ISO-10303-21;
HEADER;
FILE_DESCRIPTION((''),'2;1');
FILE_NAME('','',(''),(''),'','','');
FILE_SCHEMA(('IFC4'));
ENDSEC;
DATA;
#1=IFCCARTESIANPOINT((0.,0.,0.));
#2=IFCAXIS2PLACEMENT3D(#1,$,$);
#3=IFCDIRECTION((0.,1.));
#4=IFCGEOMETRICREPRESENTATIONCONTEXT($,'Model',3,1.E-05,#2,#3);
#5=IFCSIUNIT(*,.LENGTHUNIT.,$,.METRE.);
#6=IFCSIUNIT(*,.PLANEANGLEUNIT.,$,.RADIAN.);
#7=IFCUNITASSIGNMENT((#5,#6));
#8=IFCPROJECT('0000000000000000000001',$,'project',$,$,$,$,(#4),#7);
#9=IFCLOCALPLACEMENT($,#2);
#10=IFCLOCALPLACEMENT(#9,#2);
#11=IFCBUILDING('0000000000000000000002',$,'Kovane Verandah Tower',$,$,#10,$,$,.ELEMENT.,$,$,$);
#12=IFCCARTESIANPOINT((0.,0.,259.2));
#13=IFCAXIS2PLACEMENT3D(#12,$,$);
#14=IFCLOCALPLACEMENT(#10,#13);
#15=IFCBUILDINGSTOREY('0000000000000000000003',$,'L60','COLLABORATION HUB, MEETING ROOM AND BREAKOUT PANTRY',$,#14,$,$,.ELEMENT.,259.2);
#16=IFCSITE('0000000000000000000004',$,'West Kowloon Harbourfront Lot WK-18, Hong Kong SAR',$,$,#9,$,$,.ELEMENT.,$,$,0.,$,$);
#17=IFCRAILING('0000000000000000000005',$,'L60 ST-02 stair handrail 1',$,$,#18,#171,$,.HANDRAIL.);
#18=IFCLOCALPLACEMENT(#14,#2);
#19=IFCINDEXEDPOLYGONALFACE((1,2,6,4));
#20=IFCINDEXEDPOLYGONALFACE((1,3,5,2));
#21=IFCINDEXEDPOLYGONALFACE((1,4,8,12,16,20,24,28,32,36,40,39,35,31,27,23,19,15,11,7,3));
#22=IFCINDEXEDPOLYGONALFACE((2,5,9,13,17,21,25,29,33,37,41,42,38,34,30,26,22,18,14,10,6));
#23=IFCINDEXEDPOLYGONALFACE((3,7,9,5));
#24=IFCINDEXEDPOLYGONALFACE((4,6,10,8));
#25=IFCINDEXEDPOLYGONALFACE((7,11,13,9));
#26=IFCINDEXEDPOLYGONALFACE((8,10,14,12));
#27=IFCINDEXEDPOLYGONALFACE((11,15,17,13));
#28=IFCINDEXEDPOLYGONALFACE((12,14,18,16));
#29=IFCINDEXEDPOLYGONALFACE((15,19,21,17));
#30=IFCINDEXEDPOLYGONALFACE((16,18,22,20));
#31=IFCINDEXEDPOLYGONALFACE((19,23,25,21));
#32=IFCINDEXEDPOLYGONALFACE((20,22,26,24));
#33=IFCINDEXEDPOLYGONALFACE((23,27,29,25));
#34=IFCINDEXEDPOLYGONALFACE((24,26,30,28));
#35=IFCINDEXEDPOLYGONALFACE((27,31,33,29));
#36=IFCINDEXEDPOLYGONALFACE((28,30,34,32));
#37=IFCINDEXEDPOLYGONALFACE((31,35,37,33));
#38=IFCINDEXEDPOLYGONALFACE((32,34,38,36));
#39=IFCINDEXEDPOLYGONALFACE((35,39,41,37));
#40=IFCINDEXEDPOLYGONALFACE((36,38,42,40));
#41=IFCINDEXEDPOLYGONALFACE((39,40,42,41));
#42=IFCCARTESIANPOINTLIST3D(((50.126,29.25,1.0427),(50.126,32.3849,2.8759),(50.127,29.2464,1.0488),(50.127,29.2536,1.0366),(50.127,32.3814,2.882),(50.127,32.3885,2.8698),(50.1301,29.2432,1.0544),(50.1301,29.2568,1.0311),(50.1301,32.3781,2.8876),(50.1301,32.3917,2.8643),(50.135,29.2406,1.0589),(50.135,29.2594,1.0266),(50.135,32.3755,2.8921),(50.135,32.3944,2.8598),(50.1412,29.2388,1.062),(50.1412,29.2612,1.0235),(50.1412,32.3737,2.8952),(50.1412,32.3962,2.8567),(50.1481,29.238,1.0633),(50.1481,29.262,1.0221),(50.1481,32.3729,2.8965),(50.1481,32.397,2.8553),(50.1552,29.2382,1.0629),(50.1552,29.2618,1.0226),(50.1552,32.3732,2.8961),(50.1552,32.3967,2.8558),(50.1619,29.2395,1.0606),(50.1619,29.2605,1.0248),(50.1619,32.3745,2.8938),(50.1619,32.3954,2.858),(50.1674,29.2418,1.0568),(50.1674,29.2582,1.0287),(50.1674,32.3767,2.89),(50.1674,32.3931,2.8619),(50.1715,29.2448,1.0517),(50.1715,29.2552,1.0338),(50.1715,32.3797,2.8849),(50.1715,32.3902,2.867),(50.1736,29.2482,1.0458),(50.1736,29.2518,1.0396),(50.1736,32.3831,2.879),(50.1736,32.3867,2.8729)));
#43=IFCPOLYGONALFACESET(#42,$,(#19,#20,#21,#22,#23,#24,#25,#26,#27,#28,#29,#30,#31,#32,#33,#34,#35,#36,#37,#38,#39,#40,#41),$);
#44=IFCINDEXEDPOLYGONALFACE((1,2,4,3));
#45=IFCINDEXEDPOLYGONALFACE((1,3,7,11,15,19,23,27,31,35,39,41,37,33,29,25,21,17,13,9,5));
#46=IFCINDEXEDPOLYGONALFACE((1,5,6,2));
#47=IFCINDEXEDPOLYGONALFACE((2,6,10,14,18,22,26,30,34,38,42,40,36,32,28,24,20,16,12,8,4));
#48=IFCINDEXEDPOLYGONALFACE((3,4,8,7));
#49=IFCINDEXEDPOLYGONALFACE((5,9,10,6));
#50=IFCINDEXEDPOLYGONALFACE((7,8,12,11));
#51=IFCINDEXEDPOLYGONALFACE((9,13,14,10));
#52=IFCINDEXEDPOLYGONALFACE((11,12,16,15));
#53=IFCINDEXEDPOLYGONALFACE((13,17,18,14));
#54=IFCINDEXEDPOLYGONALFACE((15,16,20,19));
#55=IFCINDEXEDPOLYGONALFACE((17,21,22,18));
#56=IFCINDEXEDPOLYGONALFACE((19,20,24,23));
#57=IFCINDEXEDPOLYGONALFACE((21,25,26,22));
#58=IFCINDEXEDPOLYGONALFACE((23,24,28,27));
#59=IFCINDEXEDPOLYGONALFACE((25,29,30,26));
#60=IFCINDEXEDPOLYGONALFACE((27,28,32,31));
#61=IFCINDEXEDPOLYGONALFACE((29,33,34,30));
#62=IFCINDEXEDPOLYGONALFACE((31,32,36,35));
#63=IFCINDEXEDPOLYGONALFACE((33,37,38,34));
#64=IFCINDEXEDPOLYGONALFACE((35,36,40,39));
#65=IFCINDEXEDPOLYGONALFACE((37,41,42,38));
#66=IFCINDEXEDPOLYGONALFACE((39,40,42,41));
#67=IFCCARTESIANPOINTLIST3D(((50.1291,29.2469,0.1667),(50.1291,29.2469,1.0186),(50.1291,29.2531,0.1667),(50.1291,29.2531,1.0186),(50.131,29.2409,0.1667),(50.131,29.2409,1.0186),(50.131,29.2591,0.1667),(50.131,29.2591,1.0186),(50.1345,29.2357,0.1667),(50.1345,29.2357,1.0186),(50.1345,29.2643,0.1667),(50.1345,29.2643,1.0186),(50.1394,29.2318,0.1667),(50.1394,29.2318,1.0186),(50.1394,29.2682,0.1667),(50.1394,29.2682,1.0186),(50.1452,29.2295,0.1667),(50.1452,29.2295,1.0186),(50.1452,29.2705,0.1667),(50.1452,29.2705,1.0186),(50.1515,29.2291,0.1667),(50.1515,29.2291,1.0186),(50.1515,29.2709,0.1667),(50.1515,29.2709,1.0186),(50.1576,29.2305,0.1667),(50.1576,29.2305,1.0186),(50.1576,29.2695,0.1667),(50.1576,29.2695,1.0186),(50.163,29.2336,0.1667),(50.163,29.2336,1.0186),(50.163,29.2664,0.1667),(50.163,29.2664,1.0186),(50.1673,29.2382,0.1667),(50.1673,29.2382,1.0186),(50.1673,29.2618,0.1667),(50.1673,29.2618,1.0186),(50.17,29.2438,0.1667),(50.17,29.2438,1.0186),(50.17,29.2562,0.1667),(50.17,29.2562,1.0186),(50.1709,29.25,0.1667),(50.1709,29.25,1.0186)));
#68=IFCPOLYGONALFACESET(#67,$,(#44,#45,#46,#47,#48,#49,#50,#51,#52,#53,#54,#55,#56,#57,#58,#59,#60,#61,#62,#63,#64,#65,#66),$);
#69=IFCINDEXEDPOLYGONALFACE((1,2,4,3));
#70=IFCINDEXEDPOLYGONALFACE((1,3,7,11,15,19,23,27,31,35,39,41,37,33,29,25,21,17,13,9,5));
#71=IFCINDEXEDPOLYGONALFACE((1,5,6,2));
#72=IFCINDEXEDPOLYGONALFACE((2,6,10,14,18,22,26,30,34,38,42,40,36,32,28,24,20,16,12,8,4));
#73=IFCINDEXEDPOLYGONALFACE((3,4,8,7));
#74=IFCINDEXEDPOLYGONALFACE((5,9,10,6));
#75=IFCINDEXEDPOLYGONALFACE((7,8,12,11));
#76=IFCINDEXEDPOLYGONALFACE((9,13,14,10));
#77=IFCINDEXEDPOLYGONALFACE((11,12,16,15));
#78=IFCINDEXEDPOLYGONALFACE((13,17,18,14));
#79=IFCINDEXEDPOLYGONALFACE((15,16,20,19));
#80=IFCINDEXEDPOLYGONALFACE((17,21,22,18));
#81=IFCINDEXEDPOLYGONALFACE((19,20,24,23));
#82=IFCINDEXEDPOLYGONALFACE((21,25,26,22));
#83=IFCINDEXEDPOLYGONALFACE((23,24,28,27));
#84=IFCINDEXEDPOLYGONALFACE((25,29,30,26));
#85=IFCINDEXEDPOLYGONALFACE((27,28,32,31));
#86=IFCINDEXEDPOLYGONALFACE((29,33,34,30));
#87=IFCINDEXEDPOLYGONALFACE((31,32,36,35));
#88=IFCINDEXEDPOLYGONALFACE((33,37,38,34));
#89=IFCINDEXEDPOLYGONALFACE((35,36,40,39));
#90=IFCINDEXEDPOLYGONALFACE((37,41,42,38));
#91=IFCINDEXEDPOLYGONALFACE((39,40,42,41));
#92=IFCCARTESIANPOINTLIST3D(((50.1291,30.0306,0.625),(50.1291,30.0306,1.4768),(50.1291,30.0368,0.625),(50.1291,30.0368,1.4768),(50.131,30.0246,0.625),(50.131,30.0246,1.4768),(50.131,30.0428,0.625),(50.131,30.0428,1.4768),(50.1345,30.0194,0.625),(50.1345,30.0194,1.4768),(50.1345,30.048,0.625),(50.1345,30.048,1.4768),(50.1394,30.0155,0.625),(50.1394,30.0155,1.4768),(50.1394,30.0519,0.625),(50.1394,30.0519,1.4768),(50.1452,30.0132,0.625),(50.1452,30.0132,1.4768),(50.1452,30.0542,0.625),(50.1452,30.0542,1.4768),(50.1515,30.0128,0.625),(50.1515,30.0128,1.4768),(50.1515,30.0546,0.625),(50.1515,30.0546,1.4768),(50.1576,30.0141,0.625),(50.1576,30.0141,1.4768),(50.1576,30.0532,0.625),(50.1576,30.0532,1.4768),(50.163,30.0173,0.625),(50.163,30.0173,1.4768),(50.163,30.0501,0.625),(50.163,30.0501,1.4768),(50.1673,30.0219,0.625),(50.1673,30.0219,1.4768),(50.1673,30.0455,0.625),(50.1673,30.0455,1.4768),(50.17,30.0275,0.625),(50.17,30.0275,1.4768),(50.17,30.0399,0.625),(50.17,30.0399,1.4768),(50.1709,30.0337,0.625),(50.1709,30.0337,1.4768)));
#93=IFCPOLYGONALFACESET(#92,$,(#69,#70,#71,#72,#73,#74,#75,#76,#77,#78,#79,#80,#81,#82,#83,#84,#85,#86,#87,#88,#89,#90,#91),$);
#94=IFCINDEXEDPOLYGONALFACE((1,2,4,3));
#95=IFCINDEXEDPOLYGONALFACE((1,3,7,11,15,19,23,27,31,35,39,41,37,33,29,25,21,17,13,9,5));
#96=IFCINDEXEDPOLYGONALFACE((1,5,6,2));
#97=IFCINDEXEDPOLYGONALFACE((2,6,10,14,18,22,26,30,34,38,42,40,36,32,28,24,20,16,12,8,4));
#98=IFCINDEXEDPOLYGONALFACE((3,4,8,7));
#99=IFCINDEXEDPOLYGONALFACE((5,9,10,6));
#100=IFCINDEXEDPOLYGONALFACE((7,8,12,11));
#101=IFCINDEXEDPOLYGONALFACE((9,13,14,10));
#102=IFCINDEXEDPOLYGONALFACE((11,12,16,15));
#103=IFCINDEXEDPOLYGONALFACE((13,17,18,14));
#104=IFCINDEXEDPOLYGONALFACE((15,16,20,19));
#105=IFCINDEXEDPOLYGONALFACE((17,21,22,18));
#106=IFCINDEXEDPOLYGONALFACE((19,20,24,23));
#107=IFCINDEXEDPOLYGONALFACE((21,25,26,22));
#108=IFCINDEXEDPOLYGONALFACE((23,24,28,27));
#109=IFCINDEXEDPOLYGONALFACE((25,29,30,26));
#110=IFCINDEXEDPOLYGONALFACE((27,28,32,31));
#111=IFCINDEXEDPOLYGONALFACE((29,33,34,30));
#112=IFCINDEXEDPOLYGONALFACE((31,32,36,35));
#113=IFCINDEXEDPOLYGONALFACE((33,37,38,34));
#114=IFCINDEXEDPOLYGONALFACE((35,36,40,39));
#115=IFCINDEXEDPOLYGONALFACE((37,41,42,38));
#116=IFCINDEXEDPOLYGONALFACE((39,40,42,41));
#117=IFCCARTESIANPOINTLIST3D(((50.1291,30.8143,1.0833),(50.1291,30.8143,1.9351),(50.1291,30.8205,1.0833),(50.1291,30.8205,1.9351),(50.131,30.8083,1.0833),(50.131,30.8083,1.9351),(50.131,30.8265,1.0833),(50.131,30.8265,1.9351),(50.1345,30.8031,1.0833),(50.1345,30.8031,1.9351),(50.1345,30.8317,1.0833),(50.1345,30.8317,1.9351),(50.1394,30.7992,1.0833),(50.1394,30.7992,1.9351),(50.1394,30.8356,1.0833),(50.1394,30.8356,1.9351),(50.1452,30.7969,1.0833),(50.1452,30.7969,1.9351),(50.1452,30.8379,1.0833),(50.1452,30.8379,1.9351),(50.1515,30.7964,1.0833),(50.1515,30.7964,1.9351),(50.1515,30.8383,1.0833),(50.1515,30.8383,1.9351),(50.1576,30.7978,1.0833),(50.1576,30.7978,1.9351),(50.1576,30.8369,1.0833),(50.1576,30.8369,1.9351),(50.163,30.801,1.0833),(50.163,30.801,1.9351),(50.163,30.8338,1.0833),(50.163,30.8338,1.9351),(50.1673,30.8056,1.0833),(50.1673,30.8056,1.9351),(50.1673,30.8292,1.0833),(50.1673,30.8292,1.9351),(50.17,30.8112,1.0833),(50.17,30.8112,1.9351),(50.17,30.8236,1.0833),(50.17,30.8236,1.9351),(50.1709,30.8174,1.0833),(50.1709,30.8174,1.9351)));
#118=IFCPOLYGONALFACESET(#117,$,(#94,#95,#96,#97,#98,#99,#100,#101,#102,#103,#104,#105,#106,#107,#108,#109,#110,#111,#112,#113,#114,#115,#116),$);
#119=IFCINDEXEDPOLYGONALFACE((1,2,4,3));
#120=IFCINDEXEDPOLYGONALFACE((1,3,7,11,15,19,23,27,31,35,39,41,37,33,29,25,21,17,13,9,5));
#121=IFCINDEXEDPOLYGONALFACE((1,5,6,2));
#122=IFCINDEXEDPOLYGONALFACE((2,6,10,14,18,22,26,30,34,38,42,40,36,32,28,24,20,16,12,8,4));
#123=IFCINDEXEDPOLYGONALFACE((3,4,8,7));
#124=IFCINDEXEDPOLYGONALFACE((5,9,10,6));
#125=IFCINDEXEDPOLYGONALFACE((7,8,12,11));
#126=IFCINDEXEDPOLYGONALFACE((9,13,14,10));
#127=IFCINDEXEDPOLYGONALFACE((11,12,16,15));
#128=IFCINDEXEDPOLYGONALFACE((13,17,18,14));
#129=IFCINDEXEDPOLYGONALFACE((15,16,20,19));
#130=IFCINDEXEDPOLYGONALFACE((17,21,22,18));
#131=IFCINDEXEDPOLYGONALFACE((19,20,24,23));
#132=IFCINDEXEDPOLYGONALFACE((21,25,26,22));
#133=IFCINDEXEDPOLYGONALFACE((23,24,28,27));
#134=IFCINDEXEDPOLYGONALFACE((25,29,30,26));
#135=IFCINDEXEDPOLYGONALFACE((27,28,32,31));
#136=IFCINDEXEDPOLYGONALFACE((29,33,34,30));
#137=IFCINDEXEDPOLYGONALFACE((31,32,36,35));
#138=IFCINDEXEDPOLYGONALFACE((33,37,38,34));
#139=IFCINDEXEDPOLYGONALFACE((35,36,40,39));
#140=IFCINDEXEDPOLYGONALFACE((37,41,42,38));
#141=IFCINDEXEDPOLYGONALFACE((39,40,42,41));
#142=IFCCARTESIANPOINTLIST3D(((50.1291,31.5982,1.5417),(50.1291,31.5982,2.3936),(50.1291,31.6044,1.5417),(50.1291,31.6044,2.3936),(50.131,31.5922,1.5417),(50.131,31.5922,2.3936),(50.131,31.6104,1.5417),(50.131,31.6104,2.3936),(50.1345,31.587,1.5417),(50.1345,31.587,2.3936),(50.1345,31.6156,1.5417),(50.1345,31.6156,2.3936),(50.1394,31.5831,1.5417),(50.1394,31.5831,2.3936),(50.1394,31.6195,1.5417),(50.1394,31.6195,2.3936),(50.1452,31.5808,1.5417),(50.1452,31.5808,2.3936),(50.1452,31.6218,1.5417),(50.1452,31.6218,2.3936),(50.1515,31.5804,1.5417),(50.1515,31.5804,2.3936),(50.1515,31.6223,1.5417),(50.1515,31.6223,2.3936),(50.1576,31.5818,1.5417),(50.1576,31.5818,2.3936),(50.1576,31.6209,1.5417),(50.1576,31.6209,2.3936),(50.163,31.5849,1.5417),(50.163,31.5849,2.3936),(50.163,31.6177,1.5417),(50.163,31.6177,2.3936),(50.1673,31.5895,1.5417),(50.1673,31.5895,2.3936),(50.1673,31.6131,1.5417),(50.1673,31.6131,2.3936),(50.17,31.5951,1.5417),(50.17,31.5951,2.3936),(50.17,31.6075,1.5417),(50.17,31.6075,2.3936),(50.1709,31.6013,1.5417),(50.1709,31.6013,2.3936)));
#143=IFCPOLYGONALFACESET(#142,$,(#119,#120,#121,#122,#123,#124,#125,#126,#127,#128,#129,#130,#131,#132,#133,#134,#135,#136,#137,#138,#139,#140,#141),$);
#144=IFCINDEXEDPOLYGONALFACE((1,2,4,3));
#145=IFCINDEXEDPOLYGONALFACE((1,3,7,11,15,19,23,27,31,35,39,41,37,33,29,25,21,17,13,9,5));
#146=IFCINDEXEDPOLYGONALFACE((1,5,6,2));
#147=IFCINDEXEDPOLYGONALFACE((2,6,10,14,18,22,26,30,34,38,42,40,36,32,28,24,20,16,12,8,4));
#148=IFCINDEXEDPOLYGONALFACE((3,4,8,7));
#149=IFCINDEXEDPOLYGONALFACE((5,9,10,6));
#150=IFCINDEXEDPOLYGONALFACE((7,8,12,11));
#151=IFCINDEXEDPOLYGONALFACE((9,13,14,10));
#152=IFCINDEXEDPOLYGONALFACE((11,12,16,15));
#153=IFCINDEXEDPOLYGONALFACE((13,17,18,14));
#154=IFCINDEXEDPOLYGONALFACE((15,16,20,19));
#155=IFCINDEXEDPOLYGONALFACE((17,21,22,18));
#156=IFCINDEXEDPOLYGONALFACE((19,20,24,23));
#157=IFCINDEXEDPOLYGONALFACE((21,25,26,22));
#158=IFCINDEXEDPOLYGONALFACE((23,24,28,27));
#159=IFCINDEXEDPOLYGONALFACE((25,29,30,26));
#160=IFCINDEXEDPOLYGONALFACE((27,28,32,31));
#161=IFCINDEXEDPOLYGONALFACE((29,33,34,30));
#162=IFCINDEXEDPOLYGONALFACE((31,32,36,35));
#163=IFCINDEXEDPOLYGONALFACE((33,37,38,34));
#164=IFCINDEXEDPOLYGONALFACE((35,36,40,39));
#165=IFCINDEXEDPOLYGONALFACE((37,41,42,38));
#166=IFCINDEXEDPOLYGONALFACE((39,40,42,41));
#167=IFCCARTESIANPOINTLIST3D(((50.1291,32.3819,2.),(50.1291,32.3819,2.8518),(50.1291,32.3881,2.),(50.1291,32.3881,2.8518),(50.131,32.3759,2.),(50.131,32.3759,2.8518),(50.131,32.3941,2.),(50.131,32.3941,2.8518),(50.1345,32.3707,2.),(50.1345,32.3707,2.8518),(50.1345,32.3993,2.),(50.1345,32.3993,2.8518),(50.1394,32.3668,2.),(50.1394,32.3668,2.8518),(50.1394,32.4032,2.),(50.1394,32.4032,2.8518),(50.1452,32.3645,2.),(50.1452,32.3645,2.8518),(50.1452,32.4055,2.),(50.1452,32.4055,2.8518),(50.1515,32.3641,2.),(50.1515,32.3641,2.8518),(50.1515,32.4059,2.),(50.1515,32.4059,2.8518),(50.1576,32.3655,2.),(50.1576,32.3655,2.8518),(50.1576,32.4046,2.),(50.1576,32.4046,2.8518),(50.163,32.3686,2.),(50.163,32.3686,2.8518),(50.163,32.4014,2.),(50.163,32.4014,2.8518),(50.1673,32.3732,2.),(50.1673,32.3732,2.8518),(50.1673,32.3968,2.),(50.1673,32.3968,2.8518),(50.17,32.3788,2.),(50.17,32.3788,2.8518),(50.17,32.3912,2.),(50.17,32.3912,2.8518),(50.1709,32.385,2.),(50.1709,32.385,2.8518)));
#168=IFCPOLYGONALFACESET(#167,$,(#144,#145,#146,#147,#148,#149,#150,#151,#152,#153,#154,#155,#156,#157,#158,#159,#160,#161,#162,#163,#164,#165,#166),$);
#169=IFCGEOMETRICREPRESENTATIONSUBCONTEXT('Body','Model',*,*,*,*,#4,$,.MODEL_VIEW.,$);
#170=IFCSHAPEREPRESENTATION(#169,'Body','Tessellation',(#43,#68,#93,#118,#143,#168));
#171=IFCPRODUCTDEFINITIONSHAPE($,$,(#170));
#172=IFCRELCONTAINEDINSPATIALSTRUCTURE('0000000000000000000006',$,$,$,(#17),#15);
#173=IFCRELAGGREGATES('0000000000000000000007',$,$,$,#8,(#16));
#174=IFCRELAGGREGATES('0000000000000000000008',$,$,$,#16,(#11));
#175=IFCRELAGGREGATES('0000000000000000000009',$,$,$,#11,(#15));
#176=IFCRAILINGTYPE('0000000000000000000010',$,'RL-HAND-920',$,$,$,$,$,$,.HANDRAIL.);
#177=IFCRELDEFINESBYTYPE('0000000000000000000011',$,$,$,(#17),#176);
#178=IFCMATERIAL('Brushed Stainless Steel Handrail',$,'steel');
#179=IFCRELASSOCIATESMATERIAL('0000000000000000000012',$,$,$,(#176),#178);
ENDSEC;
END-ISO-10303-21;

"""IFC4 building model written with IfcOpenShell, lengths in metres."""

from ifc_helpers import new_model, si_unit, direction, frame, origin, origin_2d, place, context, subcontext, project, spatial, circle, extrude, material, type_object, element, save


model = new_model("IFC4")

# Units and contexts
model_context = context("Model", 3, precision=1e-05, world=origin(), true_north=direction((0.0, 1.0)))
body_context = subcontext(model_context, "Body", "Model", "MODEL_VIEW")
ifc_project = project(units=[si_unit("LENGTHUNIT", "METRE"), si_unit("PLANEANGLEUNIT", "RADIAN")], contexts=[model_context])

# Site, building, storey
site_placement = place(None, origin())
site = spatial("IfcSite", under=ifc_project, at=site_placement, Name="West Kowloon Harbourfront Lot WK-18, Hong Kong SAR", CompositionType="ELEMENT", RefElevation=0.0)
building_placement = place(site_placement, origin())
building = spatial("IfcBuilding", under=site, at=building_placement, Name="Kovane Verandah Tower", CompositionType="ELEMENT")
storey_placement = place(building_placement, frame((0.0, 0.0, 259.2)))
storey = spatial("IfcBuildingStorey", under=building, at=storey_placement, Name="L60", Description="COLLABORATION HUB, MEETING ROOM AND BREAKOUT PANTRY", CompositionType="ELEMENT", Elevation=259.2)

# Railing
ifc_material_1 = material(Name="Brushed Stainless Steel Handrail", Category="steel")
railing_type_1 = type_object("IfcRailingType", Name="RL-HAND-920", PredefinedType="HANDRAIL", material=ifc_material_1)
railing_1_placement = place(storey_placement, frame((50.1499, 29.25, 0.1667)))
element("IfcRailing", 1, at=railing_1_placement, inside=storey, type_object=railing_type_1, Name="L60 ST-02 stair handrail 1", PredefinedType="HANDRAIL", context=body_context, shape_type="SweptSolid", body=[
    extrude(circle(Radius=0.0239, at=origin_2d()), frame((0.0, 0.0, 0.876), z_axis=(0.0, 0.86324, 0.504794), x_axis=(-1.0, 0.0, 0.0)), (0.0, 0.0, 1.0), 3.6316),
    extrude(circle(Radius=0.021, at=origin_2d()), origin(), (0.0, 0.0, 1.0), 0.8518),
    extrude(circle(Radius=0.021, at=origin_2d()), frame((0.0, 0.7837, 0.4583)), (0.0, 0.0, 1.0), 0.8518),
    extrude(circle(Radius=0.021, at=origin_2d()), frame((0.0, 1.5674, 0.9165)), (0.0, 0.0, 1.0), 0.8518),
    extrude(circle(Radius=0.021, at=origin_2d()), frame((0.0, 2.3513, 1.375)), (0.0, 0.0, 1.0), 0.8518),
    extrude(circle(Radius=0.021, at=origin_2d()), frame((0.0, 3.135, 1.8333)), (0.0, 0.0, 1.0), 0.8518),
])

save(model, "model.ifc")
